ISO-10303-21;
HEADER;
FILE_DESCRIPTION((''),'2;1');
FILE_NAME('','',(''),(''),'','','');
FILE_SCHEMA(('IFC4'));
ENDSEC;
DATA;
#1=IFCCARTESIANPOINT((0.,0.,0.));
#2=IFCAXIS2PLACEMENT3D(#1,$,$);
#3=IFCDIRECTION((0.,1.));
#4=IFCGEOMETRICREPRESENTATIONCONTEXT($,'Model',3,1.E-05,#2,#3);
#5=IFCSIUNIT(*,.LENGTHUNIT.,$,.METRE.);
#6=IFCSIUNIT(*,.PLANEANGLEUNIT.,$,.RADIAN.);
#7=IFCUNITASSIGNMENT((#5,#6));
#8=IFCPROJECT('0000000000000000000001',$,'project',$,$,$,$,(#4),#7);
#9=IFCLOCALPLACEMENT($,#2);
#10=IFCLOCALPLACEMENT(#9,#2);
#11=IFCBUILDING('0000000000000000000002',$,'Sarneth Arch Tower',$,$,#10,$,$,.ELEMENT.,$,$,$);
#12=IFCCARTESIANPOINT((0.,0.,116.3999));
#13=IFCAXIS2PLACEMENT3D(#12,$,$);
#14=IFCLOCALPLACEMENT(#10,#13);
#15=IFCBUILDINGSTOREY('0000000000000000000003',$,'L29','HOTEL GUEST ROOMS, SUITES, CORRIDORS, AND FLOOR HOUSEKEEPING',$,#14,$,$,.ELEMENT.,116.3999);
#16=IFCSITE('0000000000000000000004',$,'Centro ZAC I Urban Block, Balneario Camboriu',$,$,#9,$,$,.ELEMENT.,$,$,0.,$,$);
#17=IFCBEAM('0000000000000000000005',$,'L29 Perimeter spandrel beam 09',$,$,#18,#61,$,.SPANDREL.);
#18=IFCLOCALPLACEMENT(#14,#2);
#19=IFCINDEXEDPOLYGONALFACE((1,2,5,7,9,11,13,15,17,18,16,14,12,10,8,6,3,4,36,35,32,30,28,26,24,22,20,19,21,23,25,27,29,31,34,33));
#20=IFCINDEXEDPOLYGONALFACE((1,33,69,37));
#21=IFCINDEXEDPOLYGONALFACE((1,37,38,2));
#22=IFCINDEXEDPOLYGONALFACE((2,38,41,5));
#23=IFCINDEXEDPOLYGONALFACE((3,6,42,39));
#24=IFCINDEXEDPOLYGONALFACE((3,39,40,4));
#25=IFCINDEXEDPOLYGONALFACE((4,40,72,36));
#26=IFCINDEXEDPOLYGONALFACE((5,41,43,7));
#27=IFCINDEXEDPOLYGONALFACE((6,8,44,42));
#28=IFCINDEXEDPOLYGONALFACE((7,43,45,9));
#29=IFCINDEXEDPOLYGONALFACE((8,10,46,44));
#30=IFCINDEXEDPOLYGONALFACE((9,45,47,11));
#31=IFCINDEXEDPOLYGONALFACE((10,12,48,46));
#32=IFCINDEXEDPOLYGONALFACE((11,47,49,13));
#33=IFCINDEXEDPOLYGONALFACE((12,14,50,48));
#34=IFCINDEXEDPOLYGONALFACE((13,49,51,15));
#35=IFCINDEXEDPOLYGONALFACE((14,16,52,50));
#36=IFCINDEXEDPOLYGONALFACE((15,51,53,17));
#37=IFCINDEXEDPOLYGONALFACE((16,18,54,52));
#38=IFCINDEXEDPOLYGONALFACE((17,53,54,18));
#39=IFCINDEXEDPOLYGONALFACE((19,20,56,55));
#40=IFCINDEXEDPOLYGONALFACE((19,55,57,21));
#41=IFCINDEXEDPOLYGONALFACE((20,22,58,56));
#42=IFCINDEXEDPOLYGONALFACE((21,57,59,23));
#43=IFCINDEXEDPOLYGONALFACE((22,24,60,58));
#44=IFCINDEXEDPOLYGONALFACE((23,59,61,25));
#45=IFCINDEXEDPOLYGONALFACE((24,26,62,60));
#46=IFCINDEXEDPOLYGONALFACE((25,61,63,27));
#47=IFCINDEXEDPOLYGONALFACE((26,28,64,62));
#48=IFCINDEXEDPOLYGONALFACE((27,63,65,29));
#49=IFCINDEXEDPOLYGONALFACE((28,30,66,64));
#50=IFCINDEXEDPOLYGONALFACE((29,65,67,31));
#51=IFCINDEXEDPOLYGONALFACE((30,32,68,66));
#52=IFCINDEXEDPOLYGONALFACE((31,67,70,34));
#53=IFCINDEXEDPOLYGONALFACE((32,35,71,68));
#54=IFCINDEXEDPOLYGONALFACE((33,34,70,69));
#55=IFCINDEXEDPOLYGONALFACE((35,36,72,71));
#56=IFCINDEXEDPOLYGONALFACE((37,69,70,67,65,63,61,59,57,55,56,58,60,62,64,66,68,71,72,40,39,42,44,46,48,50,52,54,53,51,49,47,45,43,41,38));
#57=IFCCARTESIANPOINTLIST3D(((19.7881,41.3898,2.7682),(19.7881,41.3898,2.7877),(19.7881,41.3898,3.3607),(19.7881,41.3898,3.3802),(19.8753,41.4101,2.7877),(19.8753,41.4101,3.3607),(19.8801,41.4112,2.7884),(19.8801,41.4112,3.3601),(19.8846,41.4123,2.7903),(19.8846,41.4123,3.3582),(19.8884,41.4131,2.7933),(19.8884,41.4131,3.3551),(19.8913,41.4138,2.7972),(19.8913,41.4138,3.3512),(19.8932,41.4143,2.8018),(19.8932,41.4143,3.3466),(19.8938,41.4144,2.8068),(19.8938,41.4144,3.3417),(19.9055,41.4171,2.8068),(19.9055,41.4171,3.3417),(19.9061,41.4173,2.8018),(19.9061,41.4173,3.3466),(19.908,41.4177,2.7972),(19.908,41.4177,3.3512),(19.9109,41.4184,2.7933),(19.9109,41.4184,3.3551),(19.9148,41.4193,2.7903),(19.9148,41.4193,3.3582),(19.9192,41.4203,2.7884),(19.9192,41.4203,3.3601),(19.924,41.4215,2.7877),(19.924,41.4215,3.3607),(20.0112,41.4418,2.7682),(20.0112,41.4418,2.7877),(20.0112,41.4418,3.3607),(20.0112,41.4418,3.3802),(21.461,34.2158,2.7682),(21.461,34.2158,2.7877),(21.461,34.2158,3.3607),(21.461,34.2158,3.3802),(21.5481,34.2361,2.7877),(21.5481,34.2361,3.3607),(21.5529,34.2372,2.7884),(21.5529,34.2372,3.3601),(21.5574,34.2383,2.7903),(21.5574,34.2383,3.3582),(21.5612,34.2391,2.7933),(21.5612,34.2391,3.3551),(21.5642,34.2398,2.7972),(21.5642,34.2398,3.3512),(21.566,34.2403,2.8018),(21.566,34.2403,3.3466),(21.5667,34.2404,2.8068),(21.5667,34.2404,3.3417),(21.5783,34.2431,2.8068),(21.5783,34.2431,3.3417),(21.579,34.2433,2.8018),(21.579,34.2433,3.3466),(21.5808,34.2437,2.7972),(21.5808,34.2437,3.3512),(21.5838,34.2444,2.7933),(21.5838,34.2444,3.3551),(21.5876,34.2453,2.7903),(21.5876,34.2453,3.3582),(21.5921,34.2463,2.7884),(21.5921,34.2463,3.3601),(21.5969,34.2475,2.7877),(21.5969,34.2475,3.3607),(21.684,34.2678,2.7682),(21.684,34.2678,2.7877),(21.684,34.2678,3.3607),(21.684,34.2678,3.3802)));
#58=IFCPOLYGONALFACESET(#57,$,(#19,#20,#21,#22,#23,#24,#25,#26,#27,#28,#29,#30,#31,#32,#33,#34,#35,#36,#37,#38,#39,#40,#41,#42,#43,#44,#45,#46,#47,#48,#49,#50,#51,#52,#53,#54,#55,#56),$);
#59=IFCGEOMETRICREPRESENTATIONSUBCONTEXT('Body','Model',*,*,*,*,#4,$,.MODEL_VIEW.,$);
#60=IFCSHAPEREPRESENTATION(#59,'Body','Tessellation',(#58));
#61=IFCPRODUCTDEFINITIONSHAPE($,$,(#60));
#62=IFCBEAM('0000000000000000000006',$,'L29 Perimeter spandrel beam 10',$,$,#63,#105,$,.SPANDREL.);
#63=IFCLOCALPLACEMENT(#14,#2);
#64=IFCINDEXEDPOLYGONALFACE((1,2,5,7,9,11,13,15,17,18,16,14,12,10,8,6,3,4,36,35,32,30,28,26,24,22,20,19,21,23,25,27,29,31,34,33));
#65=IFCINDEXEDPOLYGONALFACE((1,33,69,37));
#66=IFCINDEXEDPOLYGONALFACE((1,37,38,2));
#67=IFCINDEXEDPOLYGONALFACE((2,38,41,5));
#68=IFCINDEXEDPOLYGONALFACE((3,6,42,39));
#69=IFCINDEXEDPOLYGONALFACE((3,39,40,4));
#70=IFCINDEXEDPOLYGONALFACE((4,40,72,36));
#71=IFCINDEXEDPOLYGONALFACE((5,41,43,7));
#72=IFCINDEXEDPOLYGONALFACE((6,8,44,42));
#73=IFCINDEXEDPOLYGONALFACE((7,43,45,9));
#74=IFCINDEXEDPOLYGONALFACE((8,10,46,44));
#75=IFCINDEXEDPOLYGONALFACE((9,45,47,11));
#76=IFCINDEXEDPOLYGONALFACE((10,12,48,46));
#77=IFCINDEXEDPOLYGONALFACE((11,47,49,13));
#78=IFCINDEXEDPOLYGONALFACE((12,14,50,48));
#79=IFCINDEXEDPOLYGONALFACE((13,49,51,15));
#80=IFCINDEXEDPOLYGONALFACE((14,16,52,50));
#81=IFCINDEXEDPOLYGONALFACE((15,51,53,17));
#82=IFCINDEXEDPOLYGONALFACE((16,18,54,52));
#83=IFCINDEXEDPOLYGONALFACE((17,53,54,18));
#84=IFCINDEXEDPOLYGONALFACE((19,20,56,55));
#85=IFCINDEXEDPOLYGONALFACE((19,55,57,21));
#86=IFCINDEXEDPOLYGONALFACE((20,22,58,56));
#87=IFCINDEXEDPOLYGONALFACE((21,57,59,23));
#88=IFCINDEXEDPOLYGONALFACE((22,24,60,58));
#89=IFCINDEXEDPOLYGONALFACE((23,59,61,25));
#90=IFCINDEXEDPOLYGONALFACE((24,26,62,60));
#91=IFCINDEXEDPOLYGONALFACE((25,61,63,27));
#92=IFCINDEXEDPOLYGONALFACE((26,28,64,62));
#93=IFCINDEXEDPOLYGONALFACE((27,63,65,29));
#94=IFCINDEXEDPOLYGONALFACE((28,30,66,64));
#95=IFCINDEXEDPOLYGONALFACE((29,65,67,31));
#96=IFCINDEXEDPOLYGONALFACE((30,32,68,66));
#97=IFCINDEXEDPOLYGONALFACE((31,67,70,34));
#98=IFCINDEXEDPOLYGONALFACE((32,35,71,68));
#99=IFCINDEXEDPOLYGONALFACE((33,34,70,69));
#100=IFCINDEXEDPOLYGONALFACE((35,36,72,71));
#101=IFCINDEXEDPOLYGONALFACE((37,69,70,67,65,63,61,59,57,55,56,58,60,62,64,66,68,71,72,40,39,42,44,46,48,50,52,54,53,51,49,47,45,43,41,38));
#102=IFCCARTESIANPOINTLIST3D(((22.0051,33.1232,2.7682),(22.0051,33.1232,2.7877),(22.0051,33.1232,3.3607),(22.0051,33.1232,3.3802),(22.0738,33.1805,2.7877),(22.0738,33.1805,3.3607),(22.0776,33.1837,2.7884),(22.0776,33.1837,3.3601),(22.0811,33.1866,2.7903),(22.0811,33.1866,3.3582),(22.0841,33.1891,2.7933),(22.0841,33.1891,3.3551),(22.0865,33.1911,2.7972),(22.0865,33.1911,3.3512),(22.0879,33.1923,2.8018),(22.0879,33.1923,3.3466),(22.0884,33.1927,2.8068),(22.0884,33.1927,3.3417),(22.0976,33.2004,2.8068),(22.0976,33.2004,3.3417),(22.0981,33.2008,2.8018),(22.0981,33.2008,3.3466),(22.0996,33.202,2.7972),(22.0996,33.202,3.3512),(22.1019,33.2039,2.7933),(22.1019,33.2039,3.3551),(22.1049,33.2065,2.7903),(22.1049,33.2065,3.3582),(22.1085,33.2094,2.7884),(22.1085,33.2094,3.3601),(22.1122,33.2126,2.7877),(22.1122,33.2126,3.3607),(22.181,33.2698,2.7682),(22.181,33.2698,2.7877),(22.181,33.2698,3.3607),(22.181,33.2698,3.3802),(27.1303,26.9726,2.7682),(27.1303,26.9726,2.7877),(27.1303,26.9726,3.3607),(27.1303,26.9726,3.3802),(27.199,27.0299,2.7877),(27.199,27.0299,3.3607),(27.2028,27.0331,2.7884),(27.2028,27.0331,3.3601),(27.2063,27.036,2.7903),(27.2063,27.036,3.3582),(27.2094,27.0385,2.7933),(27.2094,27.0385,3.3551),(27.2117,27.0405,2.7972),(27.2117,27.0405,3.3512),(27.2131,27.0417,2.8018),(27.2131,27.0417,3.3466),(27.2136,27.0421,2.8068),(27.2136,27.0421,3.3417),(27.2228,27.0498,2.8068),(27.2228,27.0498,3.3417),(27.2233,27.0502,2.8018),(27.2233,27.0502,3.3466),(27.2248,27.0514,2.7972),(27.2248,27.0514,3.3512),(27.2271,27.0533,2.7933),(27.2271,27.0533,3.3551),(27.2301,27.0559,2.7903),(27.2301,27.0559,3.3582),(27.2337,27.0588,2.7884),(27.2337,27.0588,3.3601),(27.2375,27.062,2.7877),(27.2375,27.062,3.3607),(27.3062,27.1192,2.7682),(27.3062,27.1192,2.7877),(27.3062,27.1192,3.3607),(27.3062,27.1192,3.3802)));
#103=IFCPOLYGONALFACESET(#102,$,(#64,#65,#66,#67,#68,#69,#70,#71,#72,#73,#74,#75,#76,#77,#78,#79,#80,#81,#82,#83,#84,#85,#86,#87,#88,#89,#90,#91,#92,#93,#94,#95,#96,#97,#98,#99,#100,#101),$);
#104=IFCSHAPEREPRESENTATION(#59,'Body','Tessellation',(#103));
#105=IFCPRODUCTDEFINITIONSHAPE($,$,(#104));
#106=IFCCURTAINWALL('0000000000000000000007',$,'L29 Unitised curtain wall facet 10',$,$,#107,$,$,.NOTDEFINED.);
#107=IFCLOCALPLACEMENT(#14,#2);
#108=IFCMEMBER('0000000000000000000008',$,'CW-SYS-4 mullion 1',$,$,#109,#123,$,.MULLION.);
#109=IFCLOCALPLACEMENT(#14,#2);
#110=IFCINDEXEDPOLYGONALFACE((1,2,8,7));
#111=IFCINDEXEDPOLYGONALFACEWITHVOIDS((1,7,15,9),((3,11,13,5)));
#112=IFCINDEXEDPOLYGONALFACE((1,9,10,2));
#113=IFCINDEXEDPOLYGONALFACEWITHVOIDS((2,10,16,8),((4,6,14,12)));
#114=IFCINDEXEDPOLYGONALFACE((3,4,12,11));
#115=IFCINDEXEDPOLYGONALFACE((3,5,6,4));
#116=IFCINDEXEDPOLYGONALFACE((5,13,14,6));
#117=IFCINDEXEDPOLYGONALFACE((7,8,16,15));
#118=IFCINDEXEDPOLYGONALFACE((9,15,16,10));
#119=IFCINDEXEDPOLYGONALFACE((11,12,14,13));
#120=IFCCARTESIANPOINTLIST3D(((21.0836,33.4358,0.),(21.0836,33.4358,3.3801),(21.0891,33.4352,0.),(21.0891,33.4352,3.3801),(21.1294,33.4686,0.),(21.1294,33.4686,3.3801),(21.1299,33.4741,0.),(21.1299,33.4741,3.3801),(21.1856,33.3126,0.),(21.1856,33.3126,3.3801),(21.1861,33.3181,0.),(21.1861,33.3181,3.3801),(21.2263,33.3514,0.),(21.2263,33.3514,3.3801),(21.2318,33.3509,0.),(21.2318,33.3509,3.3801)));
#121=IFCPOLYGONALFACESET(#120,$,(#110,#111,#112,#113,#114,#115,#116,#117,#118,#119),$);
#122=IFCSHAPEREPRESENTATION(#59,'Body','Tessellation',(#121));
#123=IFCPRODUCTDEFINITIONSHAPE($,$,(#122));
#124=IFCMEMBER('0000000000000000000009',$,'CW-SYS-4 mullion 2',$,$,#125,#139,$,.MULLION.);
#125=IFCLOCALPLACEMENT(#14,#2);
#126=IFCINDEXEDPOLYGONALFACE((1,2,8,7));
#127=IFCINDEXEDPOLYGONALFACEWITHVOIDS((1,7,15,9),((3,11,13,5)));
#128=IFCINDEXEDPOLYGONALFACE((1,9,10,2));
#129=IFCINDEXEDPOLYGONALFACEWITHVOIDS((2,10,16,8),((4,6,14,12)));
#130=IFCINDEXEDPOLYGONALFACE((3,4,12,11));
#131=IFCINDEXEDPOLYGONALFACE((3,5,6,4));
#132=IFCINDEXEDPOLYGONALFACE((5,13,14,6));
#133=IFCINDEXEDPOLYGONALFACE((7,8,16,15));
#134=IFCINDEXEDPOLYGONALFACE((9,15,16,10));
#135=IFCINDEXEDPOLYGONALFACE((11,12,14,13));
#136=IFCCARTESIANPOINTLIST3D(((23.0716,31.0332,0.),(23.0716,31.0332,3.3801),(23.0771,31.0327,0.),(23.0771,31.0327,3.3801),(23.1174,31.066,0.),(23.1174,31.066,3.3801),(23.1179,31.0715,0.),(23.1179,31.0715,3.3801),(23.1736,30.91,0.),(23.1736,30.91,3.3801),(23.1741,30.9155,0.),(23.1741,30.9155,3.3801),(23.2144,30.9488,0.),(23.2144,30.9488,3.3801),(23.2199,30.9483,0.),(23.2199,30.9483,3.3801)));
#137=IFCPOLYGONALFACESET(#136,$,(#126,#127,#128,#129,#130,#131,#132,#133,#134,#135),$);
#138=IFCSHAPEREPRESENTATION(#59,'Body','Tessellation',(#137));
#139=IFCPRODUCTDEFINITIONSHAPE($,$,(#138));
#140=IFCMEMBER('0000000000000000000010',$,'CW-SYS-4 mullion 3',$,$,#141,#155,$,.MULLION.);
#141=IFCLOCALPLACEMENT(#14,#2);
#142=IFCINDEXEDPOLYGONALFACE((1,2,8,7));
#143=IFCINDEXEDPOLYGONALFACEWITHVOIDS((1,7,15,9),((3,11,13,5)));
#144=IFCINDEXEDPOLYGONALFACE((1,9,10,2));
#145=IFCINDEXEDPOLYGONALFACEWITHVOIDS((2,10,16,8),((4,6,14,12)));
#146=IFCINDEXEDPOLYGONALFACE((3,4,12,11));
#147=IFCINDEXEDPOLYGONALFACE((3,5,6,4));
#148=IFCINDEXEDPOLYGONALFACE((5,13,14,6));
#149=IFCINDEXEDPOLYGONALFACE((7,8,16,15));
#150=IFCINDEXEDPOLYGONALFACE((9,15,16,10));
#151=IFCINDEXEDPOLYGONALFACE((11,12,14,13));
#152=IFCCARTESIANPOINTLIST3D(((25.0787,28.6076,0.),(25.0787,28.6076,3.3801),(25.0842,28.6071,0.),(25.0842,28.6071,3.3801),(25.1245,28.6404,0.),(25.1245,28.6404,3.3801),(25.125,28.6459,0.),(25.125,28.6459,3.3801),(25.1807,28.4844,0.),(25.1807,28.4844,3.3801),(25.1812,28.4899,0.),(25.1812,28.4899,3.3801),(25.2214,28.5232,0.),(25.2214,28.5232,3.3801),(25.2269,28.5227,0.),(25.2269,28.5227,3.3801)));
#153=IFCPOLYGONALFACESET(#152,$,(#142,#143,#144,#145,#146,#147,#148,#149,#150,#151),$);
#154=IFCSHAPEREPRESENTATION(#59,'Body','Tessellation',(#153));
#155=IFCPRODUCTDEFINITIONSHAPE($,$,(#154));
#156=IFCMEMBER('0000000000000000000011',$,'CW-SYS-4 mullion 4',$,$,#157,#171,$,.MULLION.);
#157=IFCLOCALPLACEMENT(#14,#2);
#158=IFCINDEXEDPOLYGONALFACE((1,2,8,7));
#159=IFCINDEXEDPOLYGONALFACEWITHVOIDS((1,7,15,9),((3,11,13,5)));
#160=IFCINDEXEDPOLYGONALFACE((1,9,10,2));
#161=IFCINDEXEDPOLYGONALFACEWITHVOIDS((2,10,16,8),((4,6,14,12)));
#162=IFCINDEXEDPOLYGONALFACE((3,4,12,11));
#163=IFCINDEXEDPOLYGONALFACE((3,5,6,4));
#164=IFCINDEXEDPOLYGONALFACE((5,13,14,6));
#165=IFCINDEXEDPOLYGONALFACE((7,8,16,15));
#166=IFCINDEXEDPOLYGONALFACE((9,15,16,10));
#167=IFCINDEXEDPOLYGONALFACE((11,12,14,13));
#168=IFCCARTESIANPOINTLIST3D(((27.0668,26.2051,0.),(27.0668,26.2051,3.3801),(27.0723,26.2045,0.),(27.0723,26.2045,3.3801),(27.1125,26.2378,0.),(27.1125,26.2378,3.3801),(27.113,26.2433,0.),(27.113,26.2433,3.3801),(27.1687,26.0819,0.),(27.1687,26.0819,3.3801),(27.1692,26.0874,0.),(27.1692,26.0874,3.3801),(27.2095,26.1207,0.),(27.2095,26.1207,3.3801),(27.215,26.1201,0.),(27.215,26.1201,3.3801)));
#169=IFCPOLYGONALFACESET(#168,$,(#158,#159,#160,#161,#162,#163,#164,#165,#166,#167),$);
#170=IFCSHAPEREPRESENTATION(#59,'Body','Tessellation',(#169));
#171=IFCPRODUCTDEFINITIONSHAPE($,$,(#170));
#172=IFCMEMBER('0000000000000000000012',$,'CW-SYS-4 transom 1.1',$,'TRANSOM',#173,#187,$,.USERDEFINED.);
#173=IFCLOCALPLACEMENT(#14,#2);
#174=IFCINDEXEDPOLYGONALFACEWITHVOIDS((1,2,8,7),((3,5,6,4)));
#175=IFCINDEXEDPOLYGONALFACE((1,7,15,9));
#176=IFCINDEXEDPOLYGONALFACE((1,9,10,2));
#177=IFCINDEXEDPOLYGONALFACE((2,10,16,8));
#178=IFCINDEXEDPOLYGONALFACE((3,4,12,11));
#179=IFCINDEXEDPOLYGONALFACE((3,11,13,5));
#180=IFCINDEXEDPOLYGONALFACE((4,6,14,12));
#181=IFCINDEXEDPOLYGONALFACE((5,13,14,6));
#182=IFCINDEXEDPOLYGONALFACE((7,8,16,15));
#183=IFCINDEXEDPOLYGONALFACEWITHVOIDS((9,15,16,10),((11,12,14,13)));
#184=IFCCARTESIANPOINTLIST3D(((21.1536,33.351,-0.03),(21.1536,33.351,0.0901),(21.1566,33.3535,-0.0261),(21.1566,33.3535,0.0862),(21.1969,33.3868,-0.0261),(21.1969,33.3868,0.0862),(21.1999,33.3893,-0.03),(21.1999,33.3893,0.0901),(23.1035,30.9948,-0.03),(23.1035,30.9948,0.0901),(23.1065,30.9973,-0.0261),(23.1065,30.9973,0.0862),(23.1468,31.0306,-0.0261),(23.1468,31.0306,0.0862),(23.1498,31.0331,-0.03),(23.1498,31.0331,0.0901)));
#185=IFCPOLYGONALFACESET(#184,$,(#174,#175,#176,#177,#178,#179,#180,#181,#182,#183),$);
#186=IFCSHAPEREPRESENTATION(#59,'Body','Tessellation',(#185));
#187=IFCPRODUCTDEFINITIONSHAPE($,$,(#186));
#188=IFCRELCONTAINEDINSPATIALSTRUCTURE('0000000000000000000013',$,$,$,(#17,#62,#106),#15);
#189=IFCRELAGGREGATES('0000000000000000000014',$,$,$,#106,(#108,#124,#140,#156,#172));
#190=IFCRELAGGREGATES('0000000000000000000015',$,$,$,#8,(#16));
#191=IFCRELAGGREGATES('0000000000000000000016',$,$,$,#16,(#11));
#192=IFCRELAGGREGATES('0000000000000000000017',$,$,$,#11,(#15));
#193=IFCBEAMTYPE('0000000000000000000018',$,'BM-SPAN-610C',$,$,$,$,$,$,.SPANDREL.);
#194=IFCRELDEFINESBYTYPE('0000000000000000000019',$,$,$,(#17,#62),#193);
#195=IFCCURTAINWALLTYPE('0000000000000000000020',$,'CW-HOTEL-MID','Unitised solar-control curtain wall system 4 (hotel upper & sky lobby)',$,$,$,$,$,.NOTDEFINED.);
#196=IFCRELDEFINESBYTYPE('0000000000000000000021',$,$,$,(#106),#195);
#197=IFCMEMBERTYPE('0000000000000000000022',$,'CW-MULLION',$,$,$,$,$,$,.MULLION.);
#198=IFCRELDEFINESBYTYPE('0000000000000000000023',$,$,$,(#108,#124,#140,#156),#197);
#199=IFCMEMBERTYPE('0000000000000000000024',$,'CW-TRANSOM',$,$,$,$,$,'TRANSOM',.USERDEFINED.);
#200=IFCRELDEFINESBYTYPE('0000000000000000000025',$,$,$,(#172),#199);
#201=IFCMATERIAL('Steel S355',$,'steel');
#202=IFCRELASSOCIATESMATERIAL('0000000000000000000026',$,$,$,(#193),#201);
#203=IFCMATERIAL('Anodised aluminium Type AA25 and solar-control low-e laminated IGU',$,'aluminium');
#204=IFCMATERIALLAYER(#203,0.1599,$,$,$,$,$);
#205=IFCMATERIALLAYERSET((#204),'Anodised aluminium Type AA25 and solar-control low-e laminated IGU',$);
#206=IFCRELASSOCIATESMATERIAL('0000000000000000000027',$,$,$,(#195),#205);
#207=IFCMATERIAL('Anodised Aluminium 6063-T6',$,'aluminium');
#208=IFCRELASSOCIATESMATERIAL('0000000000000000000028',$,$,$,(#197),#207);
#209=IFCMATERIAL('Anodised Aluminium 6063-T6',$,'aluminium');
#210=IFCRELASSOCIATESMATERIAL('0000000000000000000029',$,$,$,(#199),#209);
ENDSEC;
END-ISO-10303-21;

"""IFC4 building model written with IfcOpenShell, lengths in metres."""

from ifc_helpers import new_model, si_unit, direction, frame, origin, origin_2d, place, context, subcontext, project, spatial, hollow_rectangle, i_section, extrude, material, layer, layer_set, material_profile, profile_set, type_object, element, aggregate, save


model = new_model("IFC4")

# Units and contexts
model_context = context("Model", 3, precision=1e-05, world=origin(), true_north=direction((0.0, 1.0)))
body_context = subcontext(model_context, "Body", "Model", "MODEL_VIEW")
ifc_project = project(units=[si_unit("LENGTHUNIT", "METRE"), si_unit("PLANEANGLEUNIT", "RADIAN")], contexts=[model_context])

# Site, building, storey
site_placement = place(None, origin())
site = spatial("IfcSite", under=ifc_project, at=site_placement, Name="Centro ZAC I Urban Block, Balneario Camboriu", CompositionType="ELEMENT", RefElevation=0.0)
building_placement = place(site_placement, origin())
building = spatial("IfcBuilding", under=site, at=building_placement, Name="Sarneth Arch Tower", CompositionType="ELEMENT")
storey_placement = place(building_placement, frame((0.0, 0.0, 116.3999)))
storey = spatial("IfcBuildingStorey", under=building, at=storey_placement, Name="L29", Description="HOTEL GUEST ROOMS, SUITES, CORRIDORS, AND FLOOR HOUSEKEEPING", CompositionType="ELEMENT", Elevation=116.3999)

# Beams
ifc_material_1 = material(Name="Steel S355", Category="steel")
ifc_material_profile_1 = material_profile(ifc_material_1, i_section(OverallWidth=0.229, OverallDepth=0.6121, WebThickness=0.012, FlangeThickness=0.0195, FilletRadius=0.019, at=origin_2d()), Name="W610x125")
ifc_profile_set_1 = profile_set([ifc_material_profile_1], Name="Steel S355")
beam_type = type_object("IfcBeamType", Name="BM-SPAN-610C", PredefinedType="SPANDREL", material=ifc_profile_set_1)
beam_1_placement = place(storey_placement, frame((19.8997, 41.4158, 3.0742), z_axis=(0.227088, -0.973874, 0.0), x_axis=(0.973874, 0.227088, 0.0)))
element("IfcBeam", 1, at=beam_1_placement, inside=storey, type_object=beam_type, Name="L29 Perimeter spandrel beam 09", PredefinedType="SPANDREL", context=body_context, shape_type="SweptSolid", body=[
    extrude(i_section(OverallWidth=0.229, OverallDepth=0.6121, WebThickness=0.012, FlangeThickness=0.0195, FilletRadius=0.019, at=origin_2d()), origin(), (0.0, 0.0, 1.0), 7.3665),
])
beam_2_placement = place(storey_placement, frame((22.093, 33.1965, 3.0742), z_axis=(0.640163, -0.768239, 0.0), x_axis=(0.768239, 0.640163, 0.0)))
element("IfcBeam", 2, at=beam_2_placement, inside=storey, type_object=beam_type, Name="L29 Perimeter spandrel beam 10", PredefinedType="SPANDREL", context=body_context, shape_type="SweptSolid", body=[
    extrude(i_section(OverallWidth=0.229, OverallDepth=0.6121, WebThickness=0.012, FlangeThickness=0.0195, FilletRadius=0.019, at=origin_2d()), origin(), (0.0, 0.0, 1.0), 8.0061),
])

# Curtain wall, members
ifc_material_2 = material(Name="Anodised aluminium Type AA25 and solar-control low-e laminated IGU", Category="aluminium")
ifc_layer_1 = layer(ifc_material_2, 0.1599)
ifc_layer_set_1 = layer_set([ifc_layer_1], Name="Anodised aluminium Type AA25 and solar-control low-e laminated IGU")
curtain_wall_type = type_object("IfcCurtainWallType", Name="CW-HOTEL-MID", Description="Unitised solar-control curtain wall system 4 (hotel upper & sky lobby)", PredefinedType="NOTDEFINED", material=ifc_layer_set_1)
curtain_wall_placement = place(storey_placement, origin())
curtain_wall = element("IfcCurtainWall", 3, at=curtain_wall_placement, inside=storey, type_object=curtain_wall_type, Name="L29 Unitised curtain wall facet 10", PredefinedType="NOTDEFINED")
ifc_material_3 = material(Name="Anodised Aluminium 6063-T6", Category="aluminium")
ifc_material_profile_2 = material_profile(ifc_material_3, hollow_rectangle(XDim=0.0601, YDim=0.1599, WallThickness=0.0039, at=origin_2d()), Name="AL-MULL-160x60x4")
ifc_profile_set_2 = profile_set([ifc_material_profile_2], Name="Anodised Aluminium 6063-T6")
member_type_1 = type_object("IfcMemberType", Name="CW-MULLION", PredefinedType="MULLION", material=ifc_profile_set_2)
member_1_placement = place(storey_placement, frame((21.1577, 33.3933, 0.0), z_axis=(0.0, 0.0, 1.0), x_axis=(0.770438, 0.637515, 0.0)))
member_1 = element("IfcMember", 4, at=member_1_placement, type_object=member_type_1, Name="CW-SYS-4 mullion 1", PredefinedType="MULLION", context=body_context, shape_type="SweptSolid", body=[
    extrude(hollow_rectangle(XDim=0.0601, YDim=0.1599, WallThickness=0.0039, at=origin_2d()), origin(), (0.0, 0.0, 1.0), 3.3801),
])
member_2_placement = place(storey_placement, frame((23.1458, 30.9907, 0.0), z_axis=(0.0, 0.0, 1.0), x_axis=(0.770438, 0.637515, 0.0)))
member_2 = element("IfcMember", 5, at=member_2_placement, type_object=member_type_1, Name="CW-SYS-4 mullion 2", PredefinedType="MULLION", context=body_context, shape_type="SweptSolid", body=[
    extrude(hollow_rectangle(XDim=0.0601, YDim=0.1599, WallThickness=0.0039, at=origin_2d()), origin(), (0.0, 0.0, 1.0), 3.3801),
])
member_3_placement = place(storey_placement, frame((25.1528, 28.5652, 0.0), z_axis=(0.0, 0.0, 1.0), x_axis=(0.770438, 0.637515, 0.0)))
member_3 = element("IfcMember", 6, at=member_3_placement, type_object=member_type_1, Name="CW-SYS-4 mullion 3", PredefinedType="MULLION", context=body_context, shape_type="SweptSolid", body=[
    extrude(hollow_rectangle(XDim=0.0601, YDim=0.1599, WallThickness=0.0039, at=origin_2d()), origin(), (0.0, 0.0, 1.0), 3.3801),
])
member_4_placement = place(storey_placement, frame((27.1409, 26.1626, 0.0), z_axis=(0.0, 0.0, 1.0), x_axis=(0.770438, 0.637515, 0.0)))
member_4 = element("IfcMember", 7, at=member_4_placement, type_object=member_type_1, Name="CW-SYS-4 mullion 4", PredefinedType="MULLION", context=body_context, shape_type="SweptSolid", body=[
    extrude(hollow_rectangle(XDim=0.0601, YDim=0.1599, WallThickness=0.0039, at=origin_2d()), origin(), (0.0, 0.0, 1.0), 3.3801),
])
ifc_material_4 = material(Name="Anodised Aluminium 6063-T6", Category="aluminium")
ifc_material_profile_3 = material_profile(ifc_material_4, hollow_rectangle(XDim=0.0601, YDim=0.1201, WallThickness=0.0039, at=origin_2d()), Name="AL-TRAN-120x60x4")
ifc_profile_set_3 = profile_set([ifc_material_profile_3], Name="Anodised Aluminium 6063-T6")
member_type_2 = type_object("IfcMemberType", Name="CW-TRANSOM", ElementType="TRANSOM", PredefinedType="USERDEFINED", material=ifc_profile_set_3)
member_5_placement = place(storey_placement, frame((21.1768, 33.3701, 0.03), z_axis=(0.637566, -0.770396, 0.0), x_axis=(0.770396, 0.637566, 0.0)))
member_5 = element("IfcMember", 8, at=member_5_placement, type_object=member_type_2, Name="CW-SYS-4 transom 1.1", ObjectType="TRANSOM", PredefinedType="USERDEFINED", context=body_context, shape_type="SweptSolid", body=[
    extrude(hollow_rectangle(XDim=0.0601, YDim=0.1201, WallThickness=0.0039, at=origin_2d()), origin(), (0.0, 0.0, 1.0), 3.0583),
])

aggregate(curtain_wall, [member_1, member_2, member_3, member_4, member_5])

save(model, "model.ifc")
